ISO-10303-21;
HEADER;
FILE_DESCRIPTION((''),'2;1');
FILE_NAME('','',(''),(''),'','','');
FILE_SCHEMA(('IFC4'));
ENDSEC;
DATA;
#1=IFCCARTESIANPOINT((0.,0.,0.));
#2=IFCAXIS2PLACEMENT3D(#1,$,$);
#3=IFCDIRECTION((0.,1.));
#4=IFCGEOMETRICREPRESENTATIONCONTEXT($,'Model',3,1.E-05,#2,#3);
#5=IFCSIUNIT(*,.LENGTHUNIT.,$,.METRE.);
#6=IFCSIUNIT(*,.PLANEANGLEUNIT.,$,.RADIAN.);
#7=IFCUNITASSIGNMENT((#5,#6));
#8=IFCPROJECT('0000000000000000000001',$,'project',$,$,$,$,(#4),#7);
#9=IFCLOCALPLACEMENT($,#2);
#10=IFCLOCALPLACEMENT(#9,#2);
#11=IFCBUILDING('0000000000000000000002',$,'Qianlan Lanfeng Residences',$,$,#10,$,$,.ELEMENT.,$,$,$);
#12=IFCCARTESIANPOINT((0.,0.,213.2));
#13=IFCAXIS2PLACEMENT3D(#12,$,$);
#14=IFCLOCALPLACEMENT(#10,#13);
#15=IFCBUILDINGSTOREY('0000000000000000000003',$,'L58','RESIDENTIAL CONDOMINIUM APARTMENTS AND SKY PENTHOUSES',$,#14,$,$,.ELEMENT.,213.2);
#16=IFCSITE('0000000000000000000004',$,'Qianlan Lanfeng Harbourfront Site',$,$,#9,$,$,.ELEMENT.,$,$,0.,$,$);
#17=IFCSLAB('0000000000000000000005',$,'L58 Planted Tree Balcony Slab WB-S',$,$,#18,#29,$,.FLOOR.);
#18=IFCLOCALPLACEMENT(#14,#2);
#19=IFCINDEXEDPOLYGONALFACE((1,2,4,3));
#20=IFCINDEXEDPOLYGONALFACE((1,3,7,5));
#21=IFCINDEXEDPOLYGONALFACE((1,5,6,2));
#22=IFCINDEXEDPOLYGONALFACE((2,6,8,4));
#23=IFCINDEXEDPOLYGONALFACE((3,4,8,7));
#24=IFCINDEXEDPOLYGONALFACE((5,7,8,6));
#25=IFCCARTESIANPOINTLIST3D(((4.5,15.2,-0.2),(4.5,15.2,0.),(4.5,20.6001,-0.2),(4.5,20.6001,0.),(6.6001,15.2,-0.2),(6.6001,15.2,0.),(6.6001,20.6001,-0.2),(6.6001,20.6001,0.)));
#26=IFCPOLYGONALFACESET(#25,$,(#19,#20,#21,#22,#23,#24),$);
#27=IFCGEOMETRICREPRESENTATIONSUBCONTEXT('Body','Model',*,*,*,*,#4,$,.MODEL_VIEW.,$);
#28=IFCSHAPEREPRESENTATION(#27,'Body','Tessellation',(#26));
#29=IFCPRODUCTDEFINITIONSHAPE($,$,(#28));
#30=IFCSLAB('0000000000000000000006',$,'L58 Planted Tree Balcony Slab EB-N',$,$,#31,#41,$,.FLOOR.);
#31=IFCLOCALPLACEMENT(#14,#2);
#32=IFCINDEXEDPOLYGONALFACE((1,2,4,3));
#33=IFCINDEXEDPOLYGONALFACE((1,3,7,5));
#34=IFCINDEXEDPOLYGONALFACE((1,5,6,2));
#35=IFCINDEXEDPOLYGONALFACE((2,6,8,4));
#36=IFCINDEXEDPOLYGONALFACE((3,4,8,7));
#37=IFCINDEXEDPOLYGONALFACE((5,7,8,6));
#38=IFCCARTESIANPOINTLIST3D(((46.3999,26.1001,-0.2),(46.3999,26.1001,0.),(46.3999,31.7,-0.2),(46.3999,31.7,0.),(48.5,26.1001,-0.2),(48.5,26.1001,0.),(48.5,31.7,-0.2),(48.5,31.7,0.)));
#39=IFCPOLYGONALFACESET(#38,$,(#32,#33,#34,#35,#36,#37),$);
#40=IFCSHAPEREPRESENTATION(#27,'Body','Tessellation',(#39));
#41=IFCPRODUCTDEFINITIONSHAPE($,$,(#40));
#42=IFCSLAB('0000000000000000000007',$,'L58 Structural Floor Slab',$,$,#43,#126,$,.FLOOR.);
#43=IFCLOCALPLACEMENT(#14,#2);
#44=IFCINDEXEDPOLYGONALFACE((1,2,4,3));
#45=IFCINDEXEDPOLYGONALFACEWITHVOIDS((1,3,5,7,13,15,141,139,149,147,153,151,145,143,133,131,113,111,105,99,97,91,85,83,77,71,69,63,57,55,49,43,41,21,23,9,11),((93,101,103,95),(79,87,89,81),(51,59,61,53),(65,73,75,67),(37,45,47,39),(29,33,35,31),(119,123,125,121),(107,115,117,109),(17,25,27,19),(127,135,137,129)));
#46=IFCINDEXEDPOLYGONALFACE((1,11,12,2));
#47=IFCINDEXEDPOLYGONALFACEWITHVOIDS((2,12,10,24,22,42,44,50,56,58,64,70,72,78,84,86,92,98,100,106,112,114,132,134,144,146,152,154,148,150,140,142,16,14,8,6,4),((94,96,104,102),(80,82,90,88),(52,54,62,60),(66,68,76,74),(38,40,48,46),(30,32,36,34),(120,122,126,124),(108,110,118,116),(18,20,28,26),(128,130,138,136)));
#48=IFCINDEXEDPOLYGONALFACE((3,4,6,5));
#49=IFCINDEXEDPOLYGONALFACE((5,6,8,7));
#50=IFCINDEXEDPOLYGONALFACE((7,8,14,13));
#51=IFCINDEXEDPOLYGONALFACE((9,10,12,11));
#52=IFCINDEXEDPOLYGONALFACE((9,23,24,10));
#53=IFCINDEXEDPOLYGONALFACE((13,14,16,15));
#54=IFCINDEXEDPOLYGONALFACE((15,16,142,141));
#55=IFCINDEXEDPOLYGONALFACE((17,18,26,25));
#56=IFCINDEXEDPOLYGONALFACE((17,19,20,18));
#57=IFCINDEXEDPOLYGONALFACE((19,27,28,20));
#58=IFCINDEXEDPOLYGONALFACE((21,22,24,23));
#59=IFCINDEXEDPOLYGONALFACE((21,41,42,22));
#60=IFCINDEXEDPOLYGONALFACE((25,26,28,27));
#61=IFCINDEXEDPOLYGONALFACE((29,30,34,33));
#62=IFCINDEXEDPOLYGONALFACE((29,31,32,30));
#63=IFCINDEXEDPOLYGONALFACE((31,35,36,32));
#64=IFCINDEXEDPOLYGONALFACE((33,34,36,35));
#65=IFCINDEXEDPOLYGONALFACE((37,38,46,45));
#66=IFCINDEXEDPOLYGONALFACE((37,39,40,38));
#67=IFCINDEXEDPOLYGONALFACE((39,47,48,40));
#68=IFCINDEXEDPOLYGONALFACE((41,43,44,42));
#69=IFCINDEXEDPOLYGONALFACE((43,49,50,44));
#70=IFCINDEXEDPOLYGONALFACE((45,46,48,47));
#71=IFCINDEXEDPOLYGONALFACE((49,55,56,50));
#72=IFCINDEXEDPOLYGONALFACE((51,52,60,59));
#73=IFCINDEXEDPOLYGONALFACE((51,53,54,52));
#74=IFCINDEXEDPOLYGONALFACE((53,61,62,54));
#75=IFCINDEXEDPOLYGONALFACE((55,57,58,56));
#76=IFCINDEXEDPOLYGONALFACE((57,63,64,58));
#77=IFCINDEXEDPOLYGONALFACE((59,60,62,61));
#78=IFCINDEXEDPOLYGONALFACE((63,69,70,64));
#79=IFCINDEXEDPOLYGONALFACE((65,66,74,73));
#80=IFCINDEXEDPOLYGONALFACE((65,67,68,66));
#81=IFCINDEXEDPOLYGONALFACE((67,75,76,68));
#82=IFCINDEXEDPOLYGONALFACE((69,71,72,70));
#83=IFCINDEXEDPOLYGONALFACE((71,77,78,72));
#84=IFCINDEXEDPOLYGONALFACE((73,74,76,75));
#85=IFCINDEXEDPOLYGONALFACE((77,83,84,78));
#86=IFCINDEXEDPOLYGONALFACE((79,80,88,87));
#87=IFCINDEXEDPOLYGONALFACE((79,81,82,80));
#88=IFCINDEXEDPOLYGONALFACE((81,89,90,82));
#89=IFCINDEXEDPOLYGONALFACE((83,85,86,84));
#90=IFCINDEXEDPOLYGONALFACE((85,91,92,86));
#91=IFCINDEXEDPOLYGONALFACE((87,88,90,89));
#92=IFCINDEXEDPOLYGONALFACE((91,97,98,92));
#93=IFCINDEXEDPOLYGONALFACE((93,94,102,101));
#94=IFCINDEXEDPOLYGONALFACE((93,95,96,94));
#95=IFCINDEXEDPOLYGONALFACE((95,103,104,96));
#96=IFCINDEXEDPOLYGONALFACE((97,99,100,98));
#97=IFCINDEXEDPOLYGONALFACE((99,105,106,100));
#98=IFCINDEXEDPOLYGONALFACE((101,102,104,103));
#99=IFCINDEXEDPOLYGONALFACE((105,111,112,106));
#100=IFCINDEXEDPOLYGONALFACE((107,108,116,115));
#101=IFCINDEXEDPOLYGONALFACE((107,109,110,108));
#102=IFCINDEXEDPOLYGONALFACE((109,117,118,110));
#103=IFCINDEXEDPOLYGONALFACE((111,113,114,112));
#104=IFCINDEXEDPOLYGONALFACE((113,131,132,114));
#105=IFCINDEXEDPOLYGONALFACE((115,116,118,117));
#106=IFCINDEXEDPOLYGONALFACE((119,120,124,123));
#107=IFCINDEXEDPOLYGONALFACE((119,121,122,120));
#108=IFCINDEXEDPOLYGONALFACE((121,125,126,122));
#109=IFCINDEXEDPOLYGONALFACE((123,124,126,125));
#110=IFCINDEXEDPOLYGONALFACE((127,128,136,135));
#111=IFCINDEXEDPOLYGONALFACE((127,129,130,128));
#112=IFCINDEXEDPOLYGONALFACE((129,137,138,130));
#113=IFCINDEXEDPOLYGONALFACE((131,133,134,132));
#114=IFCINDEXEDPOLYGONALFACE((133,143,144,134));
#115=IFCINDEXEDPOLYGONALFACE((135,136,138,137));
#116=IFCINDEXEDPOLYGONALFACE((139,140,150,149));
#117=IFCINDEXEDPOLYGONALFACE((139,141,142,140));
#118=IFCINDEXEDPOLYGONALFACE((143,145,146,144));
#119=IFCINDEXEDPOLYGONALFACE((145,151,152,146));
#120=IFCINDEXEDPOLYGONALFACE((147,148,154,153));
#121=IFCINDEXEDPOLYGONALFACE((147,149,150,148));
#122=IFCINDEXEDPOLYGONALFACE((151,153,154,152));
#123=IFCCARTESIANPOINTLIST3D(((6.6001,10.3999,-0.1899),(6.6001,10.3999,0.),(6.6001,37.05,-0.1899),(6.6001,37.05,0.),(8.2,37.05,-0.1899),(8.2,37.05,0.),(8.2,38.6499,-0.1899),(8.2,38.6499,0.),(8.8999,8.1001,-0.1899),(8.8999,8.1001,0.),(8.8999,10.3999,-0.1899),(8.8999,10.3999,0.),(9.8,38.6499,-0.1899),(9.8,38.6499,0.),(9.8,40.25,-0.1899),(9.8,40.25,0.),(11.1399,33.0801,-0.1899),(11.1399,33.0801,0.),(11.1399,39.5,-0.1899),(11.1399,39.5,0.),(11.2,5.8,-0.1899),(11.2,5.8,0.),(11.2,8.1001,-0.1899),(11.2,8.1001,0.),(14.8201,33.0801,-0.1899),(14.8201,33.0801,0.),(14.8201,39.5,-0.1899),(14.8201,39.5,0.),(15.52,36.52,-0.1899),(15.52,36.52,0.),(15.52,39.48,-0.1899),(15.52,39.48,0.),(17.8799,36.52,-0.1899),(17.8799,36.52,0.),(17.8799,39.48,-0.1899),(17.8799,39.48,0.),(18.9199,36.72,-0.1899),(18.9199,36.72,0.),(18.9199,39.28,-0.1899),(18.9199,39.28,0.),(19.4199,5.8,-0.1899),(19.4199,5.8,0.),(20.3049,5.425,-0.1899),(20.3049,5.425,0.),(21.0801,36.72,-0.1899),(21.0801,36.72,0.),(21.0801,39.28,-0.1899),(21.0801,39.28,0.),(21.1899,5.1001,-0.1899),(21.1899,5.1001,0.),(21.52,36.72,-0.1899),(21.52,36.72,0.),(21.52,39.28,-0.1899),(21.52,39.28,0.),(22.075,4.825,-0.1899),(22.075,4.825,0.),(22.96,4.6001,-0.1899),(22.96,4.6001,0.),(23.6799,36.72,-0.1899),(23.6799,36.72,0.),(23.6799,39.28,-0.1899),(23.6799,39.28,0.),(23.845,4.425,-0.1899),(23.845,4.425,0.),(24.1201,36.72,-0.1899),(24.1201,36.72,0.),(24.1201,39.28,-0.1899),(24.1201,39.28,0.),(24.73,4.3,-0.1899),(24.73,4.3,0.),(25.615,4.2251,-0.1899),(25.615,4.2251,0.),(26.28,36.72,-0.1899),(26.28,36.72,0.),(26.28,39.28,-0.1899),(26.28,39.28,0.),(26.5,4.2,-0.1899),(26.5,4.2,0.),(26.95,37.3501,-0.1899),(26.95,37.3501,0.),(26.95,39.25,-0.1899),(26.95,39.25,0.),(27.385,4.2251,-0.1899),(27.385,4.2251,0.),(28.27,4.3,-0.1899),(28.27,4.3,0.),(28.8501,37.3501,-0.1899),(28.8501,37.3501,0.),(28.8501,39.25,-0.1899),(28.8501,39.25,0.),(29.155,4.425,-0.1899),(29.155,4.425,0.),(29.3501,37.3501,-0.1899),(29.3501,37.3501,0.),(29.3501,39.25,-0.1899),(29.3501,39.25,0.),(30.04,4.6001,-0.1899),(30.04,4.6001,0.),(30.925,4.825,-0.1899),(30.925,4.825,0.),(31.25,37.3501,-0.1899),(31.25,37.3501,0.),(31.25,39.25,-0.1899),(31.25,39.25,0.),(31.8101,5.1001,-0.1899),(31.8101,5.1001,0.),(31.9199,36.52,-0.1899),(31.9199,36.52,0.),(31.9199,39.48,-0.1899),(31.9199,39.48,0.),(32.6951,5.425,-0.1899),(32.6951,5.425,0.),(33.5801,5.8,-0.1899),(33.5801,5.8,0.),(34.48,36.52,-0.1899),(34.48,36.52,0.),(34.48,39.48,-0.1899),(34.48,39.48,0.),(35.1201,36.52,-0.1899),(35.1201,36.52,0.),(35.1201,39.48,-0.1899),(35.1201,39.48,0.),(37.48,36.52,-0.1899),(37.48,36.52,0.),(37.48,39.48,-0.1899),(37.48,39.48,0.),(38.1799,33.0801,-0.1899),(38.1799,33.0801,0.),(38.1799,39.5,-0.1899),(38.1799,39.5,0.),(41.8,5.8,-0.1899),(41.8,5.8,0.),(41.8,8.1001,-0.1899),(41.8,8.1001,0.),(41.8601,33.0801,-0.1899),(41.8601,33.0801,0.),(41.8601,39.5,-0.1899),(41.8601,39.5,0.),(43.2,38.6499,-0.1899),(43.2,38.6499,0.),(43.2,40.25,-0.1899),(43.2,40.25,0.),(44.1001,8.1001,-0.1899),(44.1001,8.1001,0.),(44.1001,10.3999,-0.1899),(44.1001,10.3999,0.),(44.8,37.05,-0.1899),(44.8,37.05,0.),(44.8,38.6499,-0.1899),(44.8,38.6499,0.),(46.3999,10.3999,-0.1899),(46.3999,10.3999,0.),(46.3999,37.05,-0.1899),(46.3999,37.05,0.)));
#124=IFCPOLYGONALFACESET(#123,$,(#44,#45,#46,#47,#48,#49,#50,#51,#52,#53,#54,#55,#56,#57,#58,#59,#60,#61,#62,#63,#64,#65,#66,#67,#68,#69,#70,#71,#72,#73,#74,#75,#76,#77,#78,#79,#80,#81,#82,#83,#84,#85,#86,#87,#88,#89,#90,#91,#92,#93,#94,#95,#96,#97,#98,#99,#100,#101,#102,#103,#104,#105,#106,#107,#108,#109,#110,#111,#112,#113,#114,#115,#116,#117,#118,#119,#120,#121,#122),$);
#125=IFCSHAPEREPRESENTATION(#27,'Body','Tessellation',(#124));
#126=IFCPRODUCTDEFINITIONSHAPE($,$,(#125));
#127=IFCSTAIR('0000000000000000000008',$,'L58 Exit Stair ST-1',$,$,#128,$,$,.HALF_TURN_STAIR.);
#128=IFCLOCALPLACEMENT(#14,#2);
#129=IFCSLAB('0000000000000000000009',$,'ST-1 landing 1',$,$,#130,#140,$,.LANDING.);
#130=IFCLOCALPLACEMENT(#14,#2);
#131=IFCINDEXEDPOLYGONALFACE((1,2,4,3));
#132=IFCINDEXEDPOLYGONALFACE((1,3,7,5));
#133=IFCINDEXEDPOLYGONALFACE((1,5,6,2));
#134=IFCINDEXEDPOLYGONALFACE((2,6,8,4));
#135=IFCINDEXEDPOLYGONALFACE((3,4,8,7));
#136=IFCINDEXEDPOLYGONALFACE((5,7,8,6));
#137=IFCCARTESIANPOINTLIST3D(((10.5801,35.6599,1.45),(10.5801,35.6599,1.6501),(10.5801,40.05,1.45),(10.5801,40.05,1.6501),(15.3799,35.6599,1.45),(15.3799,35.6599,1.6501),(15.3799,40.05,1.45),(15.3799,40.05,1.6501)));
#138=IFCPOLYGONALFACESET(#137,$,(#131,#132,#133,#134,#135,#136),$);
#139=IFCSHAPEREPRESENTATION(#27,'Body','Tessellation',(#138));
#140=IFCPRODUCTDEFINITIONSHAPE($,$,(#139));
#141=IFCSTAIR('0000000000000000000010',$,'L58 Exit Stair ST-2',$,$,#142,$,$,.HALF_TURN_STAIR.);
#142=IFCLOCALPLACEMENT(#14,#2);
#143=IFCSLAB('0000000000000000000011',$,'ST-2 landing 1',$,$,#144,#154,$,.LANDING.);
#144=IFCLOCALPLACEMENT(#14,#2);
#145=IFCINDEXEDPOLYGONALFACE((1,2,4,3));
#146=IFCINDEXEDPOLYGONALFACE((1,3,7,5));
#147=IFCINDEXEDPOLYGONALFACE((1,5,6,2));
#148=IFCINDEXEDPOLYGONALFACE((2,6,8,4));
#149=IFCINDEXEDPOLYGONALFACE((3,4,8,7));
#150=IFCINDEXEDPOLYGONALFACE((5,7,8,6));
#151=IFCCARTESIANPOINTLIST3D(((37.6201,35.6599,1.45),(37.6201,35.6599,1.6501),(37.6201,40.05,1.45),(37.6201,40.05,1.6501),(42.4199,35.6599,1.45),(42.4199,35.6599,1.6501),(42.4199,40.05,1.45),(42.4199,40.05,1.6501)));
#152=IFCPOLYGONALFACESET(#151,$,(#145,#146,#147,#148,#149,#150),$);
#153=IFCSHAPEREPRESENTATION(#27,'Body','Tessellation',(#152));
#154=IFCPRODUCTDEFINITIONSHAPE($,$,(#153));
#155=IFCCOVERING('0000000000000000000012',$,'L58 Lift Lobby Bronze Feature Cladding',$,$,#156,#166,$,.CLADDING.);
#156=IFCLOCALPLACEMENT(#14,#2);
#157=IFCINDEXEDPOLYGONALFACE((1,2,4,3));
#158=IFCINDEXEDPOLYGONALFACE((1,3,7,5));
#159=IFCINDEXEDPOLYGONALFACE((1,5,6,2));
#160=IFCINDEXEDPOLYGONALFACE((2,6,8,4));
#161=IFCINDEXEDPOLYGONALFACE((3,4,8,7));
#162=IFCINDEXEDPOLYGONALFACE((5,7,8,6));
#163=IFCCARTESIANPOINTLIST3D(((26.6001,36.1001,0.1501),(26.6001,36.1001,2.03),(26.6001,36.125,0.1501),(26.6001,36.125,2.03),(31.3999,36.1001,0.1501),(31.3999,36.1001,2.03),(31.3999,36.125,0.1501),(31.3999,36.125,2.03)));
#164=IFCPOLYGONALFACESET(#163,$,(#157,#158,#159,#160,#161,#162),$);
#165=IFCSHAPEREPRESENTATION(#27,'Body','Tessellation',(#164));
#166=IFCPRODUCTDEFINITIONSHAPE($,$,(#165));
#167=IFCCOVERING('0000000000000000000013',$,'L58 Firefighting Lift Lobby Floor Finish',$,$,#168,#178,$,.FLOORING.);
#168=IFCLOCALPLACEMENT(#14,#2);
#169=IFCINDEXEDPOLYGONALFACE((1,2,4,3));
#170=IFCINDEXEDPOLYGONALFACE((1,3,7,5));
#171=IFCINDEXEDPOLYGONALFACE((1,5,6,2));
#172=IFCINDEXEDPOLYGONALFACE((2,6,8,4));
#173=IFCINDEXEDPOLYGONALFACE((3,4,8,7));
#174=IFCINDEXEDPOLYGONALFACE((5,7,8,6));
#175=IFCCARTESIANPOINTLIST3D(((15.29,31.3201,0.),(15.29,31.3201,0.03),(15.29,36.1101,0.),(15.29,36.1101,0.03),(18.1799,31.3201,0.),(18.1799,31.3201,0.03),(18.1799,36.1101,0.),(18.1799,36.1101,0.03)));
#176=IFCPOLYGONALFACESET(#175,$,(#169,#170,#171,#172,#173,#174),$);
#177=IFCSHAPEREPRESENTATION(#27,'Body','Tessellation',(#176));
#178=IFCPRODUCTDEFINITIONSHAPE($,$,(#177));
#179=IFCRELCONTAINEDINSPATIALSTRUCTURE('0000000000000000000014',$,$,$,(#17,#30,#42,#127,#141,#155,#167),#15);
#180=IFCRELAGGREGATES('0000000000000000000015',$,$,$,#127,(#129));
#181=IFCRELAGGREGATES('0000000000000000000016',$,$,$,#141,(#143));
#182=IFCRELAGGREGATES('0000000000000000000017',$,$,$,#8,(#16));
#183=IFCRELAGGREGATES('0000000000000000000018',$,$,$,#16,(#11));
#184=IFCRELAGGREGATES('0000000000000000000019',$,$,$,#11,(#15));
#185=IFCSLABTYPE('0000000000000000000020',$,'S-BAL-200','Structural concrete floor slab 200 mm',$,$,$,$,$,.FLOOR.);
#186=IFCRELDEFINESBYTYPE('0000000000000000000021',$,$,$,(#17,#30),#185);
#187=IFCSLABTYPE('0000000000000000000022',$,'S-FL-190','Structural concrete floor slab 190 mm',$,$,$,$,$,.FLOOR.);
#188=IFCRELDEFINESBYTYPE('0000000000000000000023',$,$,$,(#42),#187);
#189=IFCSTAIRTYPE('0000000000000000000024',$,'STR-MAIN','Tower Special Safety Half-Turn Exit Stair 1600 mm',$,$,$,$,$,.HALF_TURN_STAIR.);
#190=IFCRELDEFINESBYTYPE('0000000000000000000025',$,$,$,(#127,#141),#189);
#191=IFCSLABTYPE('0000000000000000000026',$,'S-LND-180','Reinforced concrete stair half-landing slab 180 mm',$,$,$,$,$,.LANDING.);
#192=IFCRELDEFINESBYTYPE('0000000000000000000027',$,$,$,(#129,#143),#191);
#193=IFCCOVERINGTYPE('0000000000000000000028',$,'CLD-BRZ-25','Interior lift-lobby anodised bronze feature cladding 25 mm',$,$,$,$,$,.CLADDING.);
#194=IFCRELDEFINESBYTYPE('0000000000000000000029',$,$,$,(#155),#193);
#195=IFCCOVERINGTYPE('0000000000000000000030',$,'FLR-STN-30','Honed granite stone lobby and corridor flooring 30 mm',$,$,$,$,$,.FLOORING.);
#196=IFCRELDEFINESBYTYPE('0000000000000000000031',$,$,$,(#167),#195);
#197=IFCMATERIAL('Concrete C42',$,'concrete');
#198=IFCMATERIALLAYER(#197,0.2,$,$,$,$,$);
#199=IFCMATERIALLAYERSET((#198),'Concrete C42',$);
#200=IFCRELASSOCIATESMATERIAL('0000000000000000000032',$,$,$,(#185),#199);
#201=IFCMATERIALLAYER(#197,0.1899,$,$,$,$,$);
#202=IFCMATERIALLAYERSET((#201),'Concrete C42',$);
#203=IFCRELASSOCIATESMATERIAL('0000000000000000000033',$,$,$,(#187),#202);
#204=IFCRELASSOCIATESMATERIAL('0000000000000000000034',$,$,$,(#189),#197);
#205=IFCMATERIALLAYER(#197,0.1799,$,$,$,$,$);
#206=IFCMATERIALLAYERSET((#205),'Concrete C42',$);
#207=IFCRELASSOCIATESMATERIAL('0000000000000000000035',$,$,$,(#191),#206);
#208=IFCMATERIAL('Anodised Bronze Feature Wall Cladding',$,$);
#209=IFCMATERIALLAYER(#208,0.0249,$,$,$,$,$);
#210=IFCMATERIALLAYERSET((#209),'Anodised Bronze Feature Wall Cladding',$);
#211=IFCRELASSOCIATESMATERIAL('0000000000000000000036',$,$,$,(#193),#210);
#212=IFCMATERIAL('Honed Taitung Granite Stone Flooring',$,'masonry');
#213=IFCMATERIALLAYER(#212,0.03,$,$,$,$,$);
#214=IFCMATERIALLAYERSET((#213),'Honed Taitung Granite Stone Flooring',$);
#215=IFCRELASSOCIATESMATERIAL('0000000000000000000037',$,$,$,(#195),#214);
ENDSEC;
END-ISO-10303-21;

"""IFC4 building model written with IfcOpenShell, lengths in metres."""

from ifc_helpers import new_model, si_unit, direction, frame, origin, place, context, subcontext, project, spatial, polyline, outline, extrude, material, layer, layer_set, type_object, element, aggregate, save


model = new_model("IFC4")

# Units and contexts
model_context = context("Model", 3, precision=1e-05, world=origin(), true_north=direction((0.0, 1.0)))
body_context = subcontext(model_context, "Body", "Model", "MODEL_VIEW")
ifc_project = project(units=[si_unit("LENGTHUNIT", "METRE"), si_unit("PLANEANGLEUNIT", "RADIAN")], contexts=[model_context])

# Site, building, storey
site_placement = place(None, origin())
site = spatial("IfcSite", under=ifc_project, at=site_placement, Name="Qianlan Lanfeng Harbourfront Site", CompositionType="ELEMENT", RefElevation=0.0)
building_placement = place(site_placement, origin())
building = spatial("IfcBuilding", under=site, at=building_placement, Name="Qianlan Lanfeng Residences", CompositionType="ELEMENT")
storey_placement = place(building_placement, frame((0.0, 0.0, 213.2)))
storey = spatial("IfcBuildingStorey", under=building, at=storey_placement, Name="L58", Description="RESIDENTIAL CONDOMINIUM APARTMENTS AND SKY PENTHOUSES", CompositionType="ELEMENT", Elevation=213.2)

# Slabs
ifc_material_1 = material(Name="Concrete C42", Category="concrete")
ifc_layer_1 = layer(ifc_material_1, 0.2)
ifc_layer_set_1 = layer_set([ifc_layer_1], Name="Concrete C42")
slab_type_1 = type_object("IfcSlabType", Name="S-BAL-200", Description="Structural concrete floor slab 200 mm", PredefinedType="FLOOR", material=ifc_layer_set_1)
slab_1_placement = place(storey_placement, frame((0.0, 0.0, -0.2)))
element("IfcSlab", 1, at=slab_1_placement, inside=storey, type_object=slab_type_1, Name="L58 Planted Tree Balcony Slab WB-S", PredefinedType="FLOOR", context=body_context, shape_type="SweptSolid", body=[
    extrude(outline(polyline([(6.6001, 15.2), (6.6001, 20.6001), (4.5, 20.6001), (4.5, 15.2), (6.6001, 15.2)])), origin(), (0.0, 0.0, 1.0), 0.2),
])
slab_2_placement = place(storey_placement, frame((0.0, 0.0, -0.2)))
element("IfcSlab", 2, at=slab_2_placement, inside=storey, type_object=slab_type_1, Name="L58 Planted Tree Balcony Slab EB-N", PredefinedType="FLOOR", context=body_context, shape_type="SweptSolid", body=[
    extrude(outline(polyline([(46.3999, 31.7), (46.3999, 26.1001), (48.5, 26.1001), (48.5, 31.7), (46.3999, 31.7)])), origin(), (0.0, 0.0, 1.0), 0.2),
])
ifc_layer_2 = layer(ifc_material_1, 0.1899)
ifc_layer_set_2 = layer_set([ifc_layer_2], Name="Concrete C42")
slab_type_2 = type_object("IfcSlabType", Name="S-FL-190", Description="Structural concrete floor slab 190 mm", PredefinedType="FLOOR", material=ifc_layer_set_2)
slab_3_placement = place(storey_placement, frame((0.0, 0.0, -0.1899)))
element("IfcSlab", 3, at=slab_3_placement, inside=storey, type_object=slab_type_2, Name="L58 Structural Floor Slab", PredefinedType="FLOOR", context=body_context, shape_type="SweptSolid", body=[
    extrude(outline(polyline([(6.6001, 10.3999), (8.8999, 10.3999), (8.8999, 8.1001), (11.2, 8.1001), (11.2, 5.8), (19.4199, 5.8), (20.3049, 5.425), (21.1899, 5.1001), (22.075, 4.825), (22.96, 4.6001), (23.845, 4.425), (24.73, 4.3), (25.615, 4.2251), (26.5, 4.2), (27.385, 4.2251), (28.27, 4.3), (29.155, 4.425), (30.04, 4.6001), (30.925, 4.825), (31.8101, 5.1001), (32.6951, 5.425), (33.5801, 5.8), (41.8, 5.8), (41.8, 8.1001), (44.1001, 8.1001), (44.1001, 10.3999), (46.3999, 10.3999), (46.3999, 37.05), (44.8, 37.05), (44.8, 38.6499), (43.2, 38.6499), (43.2, 40.25), (9.8, 40.25), (9.8, 38.6499), (8.2, 38.6499), (8.2, 37.05), (6.6001, 37.05), (6.6001, 10.3999)]), holes=[polyline([(11.1399, 33.0801), (11.1399, 39.5), (14.8201, 39.5), (14.8201, 33.0801), (11.1399, 33.0801)]), polyline([(38.1799, 33.0801), (38.1799, 39.5), (41.8601, 39.5), (41.8601, 33.0801), (38.1799, 33.0801)]), polyline([(15.52, 36.52), (15.52, 39.48), (17.8799, 39.48), (17.8799, 36.52), (15.52, 36.52)]), polyline([(35.1201, 36.52), (35.1201, 39.48), (37.48, 39.48), (37.48, 36.52), (35.1201, 36.52)]), polyline([(31.9199, 36.52), (31.9199, 39.48), (34.48, 39.48), (34.48, 36.52), (31.9199, 36.52)]), polyline([(18.9199, 36.72), (18.9199, 39.28), (21.0801, 39.28), (21.0801, 36.72), (18.9199, 36.72)]), polyline([(21.52, 36.72), (21.52, 39.28), (23.6799, 39.28), (23.6799, 36.72), (21.52, 36.72)]), polyline([(24.1201, 36.72), (24.1201, 39.28), (26.28, 39.28), (26.28, 36.72), (24.1201, 36.72)]), polyline([(26.95, 37.3501), (26.95, 39.25), (28.8501, 39.25), (28.8501, 37.3501), (26.95, 37.3501)]), polyline([(29.3501, 37.3501), (29.3501, 39.25), (31.25, 39.25), (31.25, 37.3501), (29.3501, 37.3501)])]), origin(), (0.0, 0.0, 1.0), 0.1899),
])

# Stairs, slabs
stair_type = type_object("IfcStairType", Name="STR-MAIN", Description="Tower Special Safety Half-Turn Exit Stair 1600 mm", PredefinedType="HALF_TURN_STAIR", material=ifc_material_1)
stair_1_placement = place(storey_placement, origin())
stair_1 = element("IfcStair", 4, at=stair_1_placement, inside=storey, type_object=stair_type, Name="L58 Exit Stair ST-1", PredefinedType="HALF_TURN_STAIR")
ifc_layer_3 = layer(ifc_material_1, 0.1799)
ifc_layer_set_3 = layer_set([ifc_layer_3], Name="Concrete C42")
slab_type_3 = type_object("IfcSlabType", Name="S-LND-180", Description="Reinforced concrete stair half-landing slab 180 mm", PredefinedType="LANDING", material=ifc_layer_set_3)
slab_4_placement = place(storey_placement, frame((0.0, 0.0, 1.45)))
slab_4 = element("IfcSlab", 5, at=slab_4_placement, type_object=slab_type_3, Name="ST-1 landing 1", PredefinedType="LANDING", context=body_context, shape_type="SweptSolid", body=[
    extrude(outline(polyline([(10.5801, 35.6599), (15.3799, 35.6599), (15.3799, 40.05), (10.5801, 40.05), (10.5801, 35.6599)])), origin(), (0.0, 0.0, 1.0), 0.2002),
])
aggregate(stair_1, [slab_4])
stair_2_placement = place(storey_placement, origin())
stair_2 = element("IfcStair", 6, at=stair_2_placement, inside=storey, type_object=stair_type, Name="L58 Exit Stair ST-2", PredefinedType="HALF_TURN_STAIR")
slab_5_placement = place(storey_placement, frame((0.0, 0.0, 1.45)))
slab_5 = element("IfcSlab", 7, at=slab_5_placement, type_object=slab_type_3, Name="ST-2 landing 1", PredefinedType="LANDING", context=body_context, shape_type="SweptSolid", body=[
    extrude(outline(polyline([(37.6201, 35.6599), (42.4199, 35.6599), (42.4199, 40.05), (37.6201, 40.05), (37.6201, 35.6599)])), origin(), (0.0, 0.0, 1.0), 0.2002),
])
aggregate(stair_2, [slab_5])

# Coverings
ifc_material_2 = material(Name="Anodised Bronze Feature Wall Cladding")
ifc_layer_4 = layer(ifc_material_2, 0.0249)
ifc_layer_set_4 = layer_set([ifc_layer_4], Name="Anodised Bronze Feature Wall Cladding")
covering_type_1 = type_object("IfcCoveringType", Name="CLD-BRZ-25", Description="Interior lift-lobby anodised bronze feature cladding 25 mm", PredefinedType="CLADDING", material=ifc_layer_set_4)
covering_1_placement = place(storey_placement, frame((0.0, 0.0, 0.1501)))
element("IfcCovering", 8, at=covering_1_placement, inside=storey, type_object=covering_type_1, Name="L58 Lift Lobby Bronze Feature Cladding", PredefinedType="CLADDING", context=body_context, shape_type="SweptSolid", body=[
    extrude(outline(polyline([(26.6001, 36.1001), (31.3999, 36.1001), (31.3999, 36.125), (26.6001, 36.125), (26.6001, 36.1001)])), origin(), (0.0, 0.0, 1.0), 1.8799),
])
ifc_material_3 = material(Name="Honed Taitung Granite Stone Flooring", Category="masonry")
ifc_layer_5 = layer(ifc_material_3, 0.03)
ifc_layer_set_5 = layer_set([ifc_layer_5], Name="Honed Taitung Granite Stone Flooring")
covering_type_2 = type_object("IfcCoveringType", Name="FLR-STN-30", Description="Honed granite stone lobby and corridor flooring 30 mm", PredefinedType="FLOORING", material=ifc_layer_set_5)
covering_2_placement = place(storey_placement, origin())
element("IfcCovering", 9, at=covering_2_placement, inside=storey, type_object=covering_type_2, Name="L58 Firefighting Lift Lobby Floor Finish", PredefinedType="FLOORING", context=body_context, shape_type="SweptSolid", body=[
    extrude(outline(polyline([(15.29, 31.3201), (18.1799, 31.3201), (18.1799, 36.1101), (15.29, 36.1101), (15.29, 31.3201)])), origin(), (0.0, 0.0, 1.0), 0.03),
])

save(model, "model.ifc")
